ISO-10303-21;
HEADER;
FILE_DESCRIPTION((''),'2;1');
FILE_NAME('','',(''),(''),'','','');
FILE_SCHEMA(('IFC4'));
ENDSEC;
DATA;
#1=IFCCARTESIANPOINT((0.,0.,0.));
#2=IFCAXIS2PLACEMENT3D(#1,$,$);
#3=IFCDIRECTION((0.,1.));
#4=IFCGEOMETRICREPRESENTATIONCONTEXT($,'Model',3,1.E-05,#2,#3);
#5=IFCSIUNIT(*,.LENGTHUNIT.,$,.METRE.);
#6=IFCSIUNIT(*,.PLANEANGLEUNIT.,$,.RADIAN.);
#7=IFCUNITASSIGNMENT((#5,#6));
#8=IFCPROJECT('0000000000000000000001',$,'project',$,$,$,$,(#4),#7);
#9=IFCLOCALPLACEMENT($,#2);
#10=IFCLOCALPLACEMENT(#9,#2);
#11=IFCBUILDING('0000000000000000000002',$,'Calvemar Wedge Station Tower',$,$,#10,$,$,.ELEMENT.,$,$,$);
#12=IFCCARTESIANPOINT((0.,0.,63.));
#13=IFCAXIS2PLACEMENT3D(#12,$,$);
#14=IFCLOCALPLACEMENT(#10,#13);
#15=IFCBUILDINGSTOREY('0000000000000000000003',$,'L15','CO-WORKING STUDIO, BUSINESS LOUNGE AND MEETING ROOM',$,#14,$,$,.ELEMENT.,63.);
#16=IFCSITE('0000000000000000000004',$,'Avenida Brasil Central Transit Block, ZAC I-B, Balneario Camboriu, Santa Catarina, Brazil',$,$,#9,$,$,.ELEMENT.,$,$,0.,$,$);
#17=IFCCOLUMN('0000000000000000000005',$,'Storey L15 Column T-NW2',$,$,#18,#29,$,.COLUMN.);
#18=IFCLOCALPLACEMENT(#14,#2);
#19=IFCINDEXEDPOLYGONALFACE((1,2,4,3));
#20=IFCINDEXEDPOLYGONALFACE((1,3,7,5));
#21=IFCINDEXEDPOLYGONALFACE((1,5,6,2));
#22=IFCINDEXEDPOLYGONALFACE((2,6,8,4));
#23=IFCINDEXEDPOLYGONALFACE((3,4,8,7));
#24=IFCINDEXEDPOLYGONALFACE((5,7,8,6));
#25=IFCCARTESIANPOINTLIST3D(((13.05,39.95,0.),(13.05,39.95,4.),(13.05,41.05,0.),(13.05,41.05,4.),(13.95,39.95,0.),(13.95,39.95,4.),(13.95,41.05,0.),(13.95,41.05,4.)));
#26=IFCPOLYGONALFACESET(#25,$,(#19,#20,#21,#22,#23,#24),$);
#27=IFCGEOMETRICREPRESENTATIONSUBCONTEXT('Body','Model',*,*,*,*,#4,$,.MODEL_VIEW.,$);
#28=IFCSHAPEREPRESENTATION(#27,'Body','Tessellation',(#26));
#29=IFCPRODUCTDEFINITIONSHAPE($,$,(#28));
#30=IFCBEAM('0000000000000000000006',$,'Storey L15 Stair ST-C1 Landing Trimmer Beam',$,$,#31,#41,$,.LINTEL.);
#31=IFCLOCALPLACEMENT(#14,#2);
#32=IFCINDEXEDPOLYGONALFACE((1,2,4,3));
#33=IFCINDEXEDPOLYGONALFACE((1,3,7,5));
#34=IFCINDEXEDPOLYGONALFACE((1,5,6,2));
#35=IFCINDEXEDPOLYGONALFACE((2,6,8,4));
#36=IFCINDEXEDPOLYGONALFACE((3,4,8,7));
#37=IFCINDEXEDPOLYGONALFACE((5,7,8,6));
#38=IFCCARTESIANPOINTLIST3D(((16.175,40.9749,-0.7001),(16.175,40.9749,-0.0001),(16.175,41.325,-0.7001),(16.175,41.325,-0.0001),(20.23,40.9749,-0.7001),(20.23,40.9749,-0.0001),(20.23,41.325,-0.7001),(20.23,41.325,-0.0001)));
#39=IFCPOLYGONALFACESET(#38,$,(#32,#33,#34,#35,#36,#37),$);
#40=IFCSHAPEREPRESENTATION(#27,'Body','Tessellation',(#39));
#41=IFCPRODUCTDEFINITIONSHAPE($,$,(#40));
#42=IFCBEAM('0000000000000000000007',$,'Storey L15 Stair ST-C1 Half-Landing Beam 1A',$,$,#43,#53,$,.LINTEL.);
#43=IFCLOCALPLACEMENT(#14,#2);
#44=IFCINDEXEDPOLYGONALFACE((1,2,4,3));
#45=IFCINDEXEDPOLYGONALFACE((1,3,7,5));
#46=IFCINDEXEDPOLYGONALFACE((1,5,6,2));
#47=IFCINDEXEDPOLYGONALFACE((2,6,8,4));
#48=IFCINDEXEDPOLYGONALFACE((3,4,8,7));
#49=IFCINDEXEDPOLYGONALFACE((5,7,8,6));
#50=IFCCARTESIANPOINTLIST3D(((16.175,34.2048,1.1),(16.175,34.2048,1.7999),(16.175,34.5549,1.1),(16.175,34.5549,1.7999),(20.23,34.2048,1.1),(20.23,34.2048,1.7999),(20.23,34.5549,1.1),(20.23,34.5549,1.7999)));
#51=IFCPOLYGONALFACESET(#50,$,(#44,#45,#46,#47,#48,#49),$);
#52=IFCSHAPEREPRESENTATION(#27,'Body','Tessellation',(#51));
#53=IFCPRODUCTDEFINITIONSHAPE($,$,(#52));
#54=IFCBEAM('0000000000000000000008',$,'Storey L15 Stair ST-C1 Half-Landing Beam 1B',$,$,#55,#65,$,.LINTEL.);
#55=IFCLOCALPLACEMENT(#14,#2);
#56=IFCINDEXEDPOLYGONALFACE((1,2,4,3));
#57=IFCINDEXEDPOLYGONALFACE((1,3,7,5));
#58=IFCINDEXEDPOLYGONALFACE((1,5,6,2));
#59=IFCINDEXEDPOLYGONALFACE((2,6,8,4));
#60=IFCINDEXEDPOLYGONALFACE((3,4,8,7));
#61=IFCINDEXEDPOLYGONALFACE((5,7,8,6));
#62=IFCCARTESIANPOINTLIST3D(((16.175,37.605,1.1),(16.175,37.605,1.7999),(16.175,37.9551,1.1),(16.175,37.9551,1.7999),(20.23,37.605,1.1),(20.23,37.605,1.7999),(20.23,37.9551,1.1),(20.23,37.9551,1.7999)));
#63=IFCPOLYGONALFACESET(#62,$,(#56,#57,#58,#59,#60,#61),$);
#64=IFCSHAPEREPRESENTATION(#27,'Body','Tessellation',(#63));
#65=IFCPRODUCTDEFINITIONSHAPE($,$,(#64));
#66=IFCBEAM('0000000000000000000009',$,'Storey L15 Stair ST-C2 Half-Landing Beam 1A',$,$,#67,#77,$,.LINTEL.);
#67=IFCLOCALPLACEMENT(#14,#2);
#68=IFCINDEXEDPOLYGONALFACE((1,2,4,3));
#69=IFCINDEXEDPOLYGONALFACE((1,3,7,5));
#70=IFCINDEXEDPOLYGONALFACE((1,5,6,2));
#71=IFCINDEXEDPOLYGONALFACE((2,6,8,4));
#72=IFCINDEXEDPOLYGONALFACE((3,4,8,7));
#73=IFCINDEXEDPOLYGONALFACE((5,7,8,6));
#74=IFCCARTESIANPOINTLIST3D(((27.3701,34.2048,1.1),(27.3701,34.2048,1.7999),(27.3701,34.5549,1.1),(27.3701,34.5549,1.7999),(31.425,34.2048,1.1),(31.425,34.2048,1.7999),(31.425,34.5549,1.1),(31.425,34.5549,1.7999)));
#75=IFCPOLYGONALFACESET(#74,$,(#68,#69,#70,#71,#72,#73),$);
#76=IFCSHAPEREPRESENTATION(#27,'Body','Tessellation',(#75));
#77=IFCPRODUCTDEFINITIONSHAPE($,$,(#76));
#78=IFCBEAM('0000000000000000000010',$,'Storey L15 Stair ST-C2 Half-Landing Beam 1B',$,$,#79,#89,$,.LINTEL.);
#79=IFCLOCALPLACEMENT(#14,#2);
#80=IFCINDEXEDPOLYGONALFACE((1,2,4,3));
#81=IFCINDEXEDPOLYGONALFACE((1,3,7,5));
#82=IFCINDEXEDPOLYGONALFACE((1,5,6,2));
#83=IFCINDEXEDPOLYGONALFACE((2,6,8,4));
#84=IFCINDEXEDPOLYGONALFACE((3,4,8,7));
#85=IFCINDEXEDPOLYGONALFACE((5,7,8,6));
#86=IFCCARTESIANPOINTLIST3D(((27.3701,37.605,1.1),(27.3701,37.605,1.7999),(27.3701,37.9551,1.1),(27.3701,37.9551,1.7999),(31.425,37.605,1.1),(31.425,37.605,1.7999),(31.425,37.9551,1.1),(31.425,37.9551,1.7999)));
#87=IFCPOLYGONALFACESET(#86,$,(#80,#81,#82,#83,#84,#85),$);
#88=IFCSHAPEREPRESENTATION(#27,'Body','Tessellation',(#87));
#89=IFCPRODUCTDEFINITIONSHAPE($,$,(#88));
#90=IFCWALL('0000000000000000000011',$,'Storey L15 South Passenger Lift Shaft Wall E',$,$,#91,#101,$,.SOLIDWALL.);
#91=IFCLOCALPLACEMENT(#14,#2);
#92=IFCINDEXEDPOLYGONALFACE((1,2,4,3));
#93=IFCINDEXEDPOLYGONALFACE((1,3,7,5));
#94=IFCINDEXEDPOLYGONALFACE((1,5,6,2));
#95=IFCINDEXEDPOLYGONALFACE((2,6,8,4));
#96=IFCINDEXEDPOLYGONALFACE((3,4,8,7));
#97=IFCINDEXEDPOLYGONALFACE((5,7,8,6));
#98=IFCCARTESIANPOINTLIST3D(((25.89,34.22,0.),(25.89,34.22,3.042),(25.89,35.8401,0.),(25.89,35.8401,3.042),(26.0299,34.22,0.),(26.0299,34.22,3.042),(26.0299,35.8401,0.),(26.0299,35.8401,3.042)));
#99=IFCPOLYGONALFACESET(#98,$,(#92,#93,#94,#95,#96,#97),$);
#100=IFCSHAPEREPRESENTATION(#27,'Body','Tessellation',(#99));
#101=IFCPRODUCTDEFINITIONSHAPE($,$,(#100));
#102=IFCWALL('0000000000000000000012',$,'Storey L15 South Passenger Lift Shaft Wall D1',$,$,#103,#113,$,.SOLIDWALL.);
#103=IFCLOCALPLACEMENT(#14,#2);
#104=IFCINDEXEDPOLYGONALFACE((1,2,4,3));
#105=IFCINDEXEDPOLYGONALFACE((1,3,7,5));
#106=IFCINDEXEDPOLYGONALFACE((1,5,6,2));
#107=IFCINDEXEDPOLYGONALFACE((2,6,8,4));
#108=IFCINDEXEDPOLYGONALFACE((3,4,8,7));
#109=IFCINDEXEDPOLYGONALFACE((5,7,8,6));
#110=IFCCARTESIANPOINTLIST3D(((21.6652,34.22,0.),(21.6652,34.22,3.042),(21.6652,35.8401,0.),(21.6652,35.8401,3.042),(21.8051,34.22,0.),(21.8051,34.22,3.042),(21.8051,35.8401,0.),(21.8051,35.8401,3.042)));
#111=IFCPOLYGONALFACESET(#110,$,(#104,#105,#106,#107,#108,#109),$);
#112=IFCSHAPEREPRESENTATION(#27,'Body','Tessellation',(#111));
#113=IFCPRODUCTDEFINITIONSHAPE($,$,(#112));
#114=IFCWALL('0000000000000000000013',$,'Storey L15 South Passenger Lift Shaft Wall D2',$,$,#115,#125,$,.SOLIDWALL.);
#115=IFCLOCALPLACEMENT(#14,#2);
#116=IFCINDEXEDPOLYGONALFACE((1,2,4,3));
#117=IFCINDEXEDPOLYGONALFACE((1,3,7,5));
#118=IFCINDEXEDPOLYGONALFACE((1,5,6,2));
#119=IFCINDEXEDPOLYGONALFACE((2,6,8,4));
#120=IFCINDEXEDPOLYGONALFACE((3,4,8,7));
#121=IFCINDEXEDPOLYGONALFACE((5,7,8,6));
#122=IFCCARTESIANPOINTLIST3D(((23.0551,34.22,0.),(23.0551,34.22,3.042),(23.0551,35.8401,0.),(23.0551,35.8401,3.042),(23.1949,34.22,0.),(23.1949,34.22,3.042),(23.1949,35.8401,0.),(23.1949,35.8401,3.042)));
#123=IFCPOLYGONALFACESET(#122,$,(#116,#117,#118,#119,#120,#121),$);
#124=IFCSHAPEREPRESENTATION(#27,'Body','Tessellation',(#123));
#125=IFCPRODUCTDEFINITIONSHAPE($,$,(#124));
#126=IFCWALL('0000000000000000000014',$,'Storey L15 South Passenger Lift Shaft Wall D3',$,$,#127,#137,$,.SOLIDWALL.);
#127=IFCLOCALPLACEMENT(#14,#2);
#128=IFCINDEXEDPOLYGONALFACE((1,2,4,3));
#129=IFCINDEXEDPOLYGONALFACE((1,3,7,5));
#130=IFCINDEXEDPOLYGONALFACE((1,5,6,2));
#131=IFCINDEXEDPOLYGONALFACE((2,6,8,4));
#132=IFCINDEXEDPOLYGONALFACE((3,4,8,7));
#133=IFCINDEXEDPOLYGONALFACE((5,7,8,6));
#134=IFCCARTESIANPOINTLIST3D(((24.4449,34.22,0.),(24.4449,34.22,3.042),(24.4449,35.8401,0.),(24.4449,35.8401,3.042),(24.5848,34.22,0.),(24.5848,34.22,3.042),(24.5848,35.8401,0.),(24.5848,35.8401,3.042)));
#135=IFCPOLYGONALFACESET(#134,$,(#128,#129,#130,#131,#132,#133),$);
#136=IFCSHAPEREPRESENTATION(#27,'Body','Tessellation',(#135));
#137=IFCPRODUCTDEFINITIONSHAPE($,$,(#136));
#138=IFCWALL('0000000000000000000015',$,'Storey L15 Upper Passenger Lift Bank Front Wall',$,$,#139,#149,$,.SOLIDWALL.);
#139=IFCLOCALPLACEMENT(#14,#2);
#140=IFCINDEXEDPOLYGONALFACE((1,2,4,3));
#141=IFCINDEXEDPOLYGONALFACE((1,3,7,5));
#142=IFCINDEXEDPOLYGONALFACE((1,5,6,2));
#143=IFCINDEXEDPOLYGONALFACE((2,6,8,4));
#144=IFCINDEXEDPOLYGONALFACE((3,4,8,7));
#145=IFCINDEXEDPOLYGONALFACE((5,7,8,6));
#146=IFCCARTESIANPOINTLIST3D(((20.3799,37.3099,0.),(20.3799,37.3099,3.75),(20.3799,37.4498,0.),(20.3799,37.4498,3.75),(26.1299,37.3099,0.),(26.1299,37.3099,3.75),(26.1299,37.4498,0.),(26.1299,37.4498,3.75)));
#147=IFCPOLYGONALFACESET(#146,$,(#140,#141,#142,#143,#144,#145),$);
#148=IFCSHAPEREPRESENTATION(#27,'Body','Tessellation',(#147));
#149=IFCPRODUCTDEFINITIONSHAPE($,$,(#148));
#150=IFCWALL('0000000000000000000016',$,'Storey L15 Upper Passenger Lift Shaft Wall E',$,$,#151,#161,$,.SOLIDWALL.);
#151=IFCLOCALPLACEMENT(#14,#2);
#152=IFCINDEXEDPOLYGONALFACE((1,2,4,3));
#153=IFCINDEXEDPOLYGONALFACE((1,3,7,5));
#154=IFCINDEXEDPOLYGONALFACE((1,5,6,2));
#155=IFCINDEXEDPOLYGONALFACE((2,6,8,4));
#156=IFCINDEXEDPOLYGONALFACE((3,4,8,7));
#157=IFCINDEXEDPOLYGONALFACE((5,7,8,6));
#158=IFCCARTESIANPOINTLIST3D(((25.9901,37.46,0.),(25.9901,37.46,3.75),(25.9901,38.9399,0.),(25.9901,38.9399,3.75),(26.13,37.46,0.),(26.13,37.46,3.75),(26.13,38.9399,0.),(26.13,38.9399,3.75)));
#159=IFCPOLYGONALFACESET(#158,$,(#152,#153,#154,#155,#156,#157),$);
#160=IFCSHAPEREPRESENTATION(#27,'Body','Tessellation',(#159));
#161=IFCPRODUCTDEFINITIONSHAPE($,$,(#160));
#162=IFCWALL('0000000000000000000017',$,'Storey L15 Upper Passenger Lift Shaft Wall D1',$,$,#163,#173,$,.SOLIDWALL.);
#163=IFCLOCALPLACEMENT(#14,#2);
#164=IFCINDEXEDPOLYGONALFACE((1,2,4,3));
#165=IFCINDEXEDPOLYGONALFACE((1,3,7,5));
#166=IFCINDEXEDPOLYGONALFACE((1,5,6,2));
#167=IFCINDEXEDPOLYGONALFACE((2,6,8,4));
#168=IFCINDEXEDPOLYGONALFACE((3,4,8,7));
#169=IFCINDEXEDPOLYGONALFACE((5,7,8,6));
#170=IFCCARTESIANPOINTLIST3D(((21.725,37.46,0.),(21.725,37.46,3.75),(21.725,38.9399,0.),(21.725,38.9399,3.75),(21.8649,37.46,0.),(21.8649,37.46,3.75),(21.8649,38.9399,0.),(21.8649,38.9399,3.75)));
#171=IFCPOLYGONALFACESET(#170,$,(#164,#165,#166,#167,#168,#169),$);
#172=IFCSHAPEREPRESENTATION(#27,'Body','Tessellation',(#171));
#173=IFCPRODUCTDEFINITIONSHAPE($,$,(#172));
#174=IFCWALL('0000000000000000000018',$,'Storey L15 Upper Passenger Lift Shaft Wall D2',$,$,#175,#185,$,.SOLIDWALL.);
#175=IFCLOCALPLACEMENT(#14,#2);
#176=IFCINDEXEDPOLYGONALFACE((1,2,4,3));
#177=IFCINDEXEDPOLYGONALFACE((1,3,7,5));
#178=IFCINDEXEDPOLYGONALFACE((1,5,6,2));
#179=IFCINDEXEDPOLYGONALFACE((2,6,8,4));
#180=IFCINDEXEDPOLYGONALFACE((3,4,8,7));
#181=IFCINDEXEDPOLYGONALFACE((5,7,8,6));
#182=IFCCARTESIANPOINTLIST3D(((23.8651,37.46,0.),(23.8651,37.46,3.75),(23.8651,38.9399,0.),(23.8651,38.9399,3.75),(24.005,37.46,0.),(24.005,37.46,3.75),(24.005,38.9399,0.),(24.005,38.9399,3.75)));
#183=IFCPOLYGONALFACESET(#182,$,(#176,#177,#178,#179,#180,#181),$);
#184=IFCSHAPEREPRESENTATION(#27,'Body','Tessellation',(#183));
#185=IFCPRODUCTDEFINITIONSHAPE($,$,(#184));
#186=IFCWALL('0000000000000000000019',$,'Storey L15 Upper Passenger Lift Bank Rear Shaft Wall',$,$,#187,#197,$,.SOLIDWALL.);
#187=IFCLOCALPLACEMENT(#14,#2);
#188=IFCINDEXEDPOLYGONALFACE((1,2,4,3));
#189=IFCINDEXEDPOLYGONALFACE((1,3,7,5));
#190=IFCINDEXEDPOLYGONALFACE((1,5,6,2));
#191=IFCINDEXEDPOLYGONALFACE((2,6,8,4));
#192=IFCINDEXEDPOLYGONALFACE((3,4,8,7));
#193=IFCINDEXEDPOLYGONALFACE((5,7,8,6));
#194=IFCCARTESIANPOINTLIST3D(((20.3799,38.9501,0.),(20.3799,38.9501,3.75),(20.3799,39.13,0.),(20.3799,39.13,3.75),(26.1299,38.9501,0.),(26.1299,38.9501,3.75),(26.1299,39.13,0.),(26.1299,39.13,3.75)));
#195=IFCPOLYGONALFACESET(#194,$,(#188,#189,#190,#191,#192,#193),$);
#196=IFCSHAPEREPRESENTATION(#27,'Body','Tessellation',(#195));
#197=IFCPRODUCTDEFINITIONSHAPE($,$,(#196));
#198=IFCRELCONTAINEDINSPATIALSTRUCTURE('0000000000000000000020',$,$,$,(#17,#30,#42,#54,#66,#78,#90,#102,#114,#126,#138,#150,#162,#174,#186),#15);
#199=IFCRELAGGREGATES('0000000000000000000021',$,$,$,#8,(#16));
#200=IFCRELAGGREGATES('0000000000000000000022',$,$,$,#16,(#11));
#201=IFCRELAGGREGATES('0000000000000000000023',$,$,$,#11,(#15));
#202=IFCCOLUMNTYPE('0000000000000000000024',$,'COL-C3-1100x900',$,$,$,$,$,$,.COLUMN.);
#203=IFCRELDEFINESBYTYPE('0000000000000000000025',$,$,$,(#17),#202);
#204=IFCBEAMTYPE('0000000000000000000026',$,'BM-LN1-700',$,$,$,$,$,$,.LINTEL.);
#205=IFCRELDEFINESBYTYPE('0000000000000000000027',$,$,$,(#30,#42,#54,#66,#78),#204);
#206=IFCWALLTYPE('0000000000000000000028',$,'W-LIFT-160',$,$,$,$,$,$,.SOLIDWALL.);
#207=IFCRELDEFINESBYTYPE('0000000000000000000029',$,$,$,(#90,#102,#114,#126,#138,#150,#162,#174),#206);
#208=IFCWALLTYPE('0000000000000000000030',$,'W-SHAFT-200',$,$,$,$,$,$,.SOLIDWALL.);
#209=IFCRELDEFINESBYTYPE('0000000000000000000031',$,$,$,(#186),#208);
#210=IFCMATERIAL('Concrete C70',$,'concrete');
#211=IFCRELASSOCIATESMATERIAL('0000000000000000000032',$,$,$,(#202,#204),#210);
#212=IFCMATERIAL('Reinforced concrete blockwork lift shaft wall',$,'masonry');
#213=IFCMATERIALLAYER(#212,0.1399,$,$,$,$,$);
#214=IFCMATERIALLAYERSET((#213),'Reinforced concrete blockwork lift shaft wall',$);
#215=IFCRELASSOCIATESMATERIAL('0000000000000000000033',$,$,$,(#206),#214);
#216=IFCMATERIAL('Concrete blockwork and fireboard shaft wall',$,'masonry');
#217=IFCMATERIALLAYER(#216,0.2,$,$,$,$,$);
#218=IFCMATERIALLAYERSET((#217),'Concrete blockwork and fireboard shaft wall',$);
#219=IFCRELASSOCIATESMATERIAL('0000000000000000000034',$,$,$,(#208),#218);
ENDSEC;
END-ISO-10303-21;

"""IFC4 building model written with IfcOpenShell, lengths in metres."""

from ifc_helpers import new_model, si_unit, direction, frame, frame_2d, origin, origin_2d, place, context, subcontext, project, spatial, rectangle, extrude, source, transform, mapped, material, layer, layer_set, material_profile, profile_set, type_object, element, save


model = new_model("IFC4")

# Units and contexts
model_context = context("Model", 3, precision=1e-05, world=origin(), true_north=direction((0.0, 1.0)))
body_context = subcontext(model_context, "Body", "Model", "MODEL_VIEW")
ifc_project = project(units=[si_unit("LENGTHUNIT", "METRE"), si_unit("PLANEANGLEUNIT", "RADIAN")], contexts=[model_context])

# Site, building, storey
site_placement = place(None, origin())
site = spatial("IfcSite", under=ifc_project, at=site_placement, Name="Avenida Brasil Central Transit Block, ZAC I-B, Balneario Camboriu, Santa Catarina, Brazil", CompositionType="ELEMENT", RefElevation=0.0)
building_placement = place(site_placement, origin())
building = spatial("IfcBuilding", under=site, at=building_placement, Name="Calvemar Wedge Station Tower", CompositionType="ELEMENT")
storey_placement = place(building_placement, frame((0.0, 0.0, 63.0)))
storey = spatial("IfcBuildingStorey", under=building, at=storey_placement, Name="L15", Description="CO-WORKING STUDIO, BUSINESS LOUNGE AND MEETING ROOM", CompositionType="ELEMENT", Elevation=63.0)

# Column
ifc_material_1 = material(Name="Concrete C70", Category="concrete")
ifc_material_profile_1 = material_profile(ifc_material_1, rectangle(XDim=0.8999, YDim=1.1001, at=origin_2d()), Name="RC1100x900")
ifc_profile_set_1 = profile_set([ifc_material_profile_1], Name="Concrete C70")
column_type = type_object("IfcColumnType", Name="COL-C3-1100x900", PredefinedType="COLUMN", material=ifc_profile_set_1)
shared_shape_1 = source(origin(), body_context, "Body", "SweptSolid", [
    extrude(rectangle(XDim=0.8999, YDim=1.1001, at=origin_2d()), origin(), (0.0, 0.0, 1.0), 4.0),
])
column_placement = place(storey_placement, frame((13.5, 40.5, 0.0), z_axis=(0.0, 0.0, 1.0), x_axis=(1.0, 0.0, 0.0)))
element("IfcColumn", 1, at=column_placement, inside=storey, type_object=column_type, Name="Storey L15 Column T-NW2", PredefinedType="COLUMN", context=body_context, shape_type="MappedRepresentation", body=[
    mapped(shared_shape_1, transform((0.0, 0.0, 0.0), scale=1.0)),
])

# Beams
ifc_material_profile_2 = material_profile(ifc_material_1, rectangle(XDim=0.3501, YDim=0.7, at=origin_2d()), Name="RC350x700")
ifc_profile_set_2 = profile_set([ifc_material_profile_2], Name="Concrete C70")
beam_type = type_object("IfcBeamType", Name="BM-LN1-700", PredefinedType="LINTEL", material=ifc_profile_set_2)
shared_shape_2 = source(origin(), body_context, "Body", "SweptSolid", [
    extrude(rectangle(XDim=0.3501, YDim=0.7, at=origin_2d()), origin(), (0.0, 0.0, 1.0), 4.0549),
])
for number, where, z_axis, x_axis, name in (
    (2, (16.175, 41.1499, -0.3501), (1.0, 0.0, 0.0), (0.0, 1.0, 0.0), "Storey L15 Stair ST-C1 Landing Trimmer Beam"),
    (3, (16.175, 34.3799, 1.45), (1.0, 0.0, 0.0), (0.0, 1.0, 0.0), "Storey L15 Stair ST-C1 Half-Landing Beam 1A"),
    (4, (16.175, 37.78, 1.45), (1.0, 0.0, 0.0), (0.0, 1.0, 0.0), "Storey L15 Stair ST-C1 Half-Landing Beam 1B"),
    (5, (27.3701, 34.3799, 1.45), (1.0, 0.0, 0.0), (0.0, 1.0, 0.0), "Storey L15 Stair ST-C2 Half-Landing Beam 1A"),
    (6, (27.3701, 37.78, 1.45), (1.0, 0.0, 0.0), (0.0, 1.0, 0.0), "Storey L15 Stair ST-C2 Half-Landing Beam 1B"),
):
    element("IfcBeam", number, at=place(storey_placement, frame(where, z_axis=z_axis, x_axis=x_axis)), inside=storey, type_object=beam_type, Name=name, PredefinedType="LINTEL", context=body_context, shape_type="MappedRepresentation", body=[
        mapped(shared_shape_2, transform((0.0, 0.0, 0.0), scale=1.0)),
    ])

# Shared definitions
ifc_material_2 = material(Name="Reinforced concrete blockwork lift shaft wall", Category="masonry")
ifc_layer_1 = layer(ifc_material_2, 0.1399)
ifc_layer_set_1 = layer_set([ifc_layer_1], Name="Reinforced concrete blockwork lift shaft wall")
wall_type_1 = type_object("IfcWallType", Name="W-LIFT-160", PredefinedType="SOLIDWALL", material=ifc_layer_set_1)

# Walls
for number, where, z_axis, x_axis, name in (
    (7, (25.96, 34.22, 0.0), (0.0, 0.0, 1.0), (0.0, 1.0, 0.0), "Storey L15 South Passenger Lift Shaft Wall E"),
    (8, (21.7351, 34.22, 0.0), (0.0, 0.0, 1.0), (0.0, 1.0, 0.0), "Storey L15 South Passenger Lift Shaft Wall D1"),
    (9, (23.125, 34.22, 0.0), (0.0, 0.0, 1.0), (0.0, 1.0, 0.0), "Storey L15 South Passenger Lift Shaft Wall D2"),
    (10, (24.5149, 34.22, 0.0), (0.0, 0.0, 1.0), (0.0, 1.0, 0.0), "Storey L15 South Passenger Lift Shaft Wall D3"),
):
    element("IfcWall", number, at=place(storey_placement, frame(where, z_axis=z_axis, x_axis=x_axis)), inside=storey, type_object=wall_type_1, Name=name, PredefinedType="SOLIDWALL", context=body_context, shape_type="SweptSolid", body=[
        extrude(rectangle(XDim=1.6201, YDim=0.1399, at=frame_2d((0.8101, 0.0))), origin(), (0.0, 0.0, 1.0), 3.042),
    ])
wall_1_placement = place(storey_placement, frame((20.3799, 37.3799, 0.0), z_axis=(0.0, 0.0, 1.0), x_axis=(1.0, 0.0, 0.0)))
element("IfcWall", 11, at=wall_1_placement, inside=storey, type_object=wall_type_1, Name="Storey L15 Upper Passenger Lift Bank Front Wall", PredefinedType="SOLIDWALL", context=body_context, shape_type="SweptSolid", body=[
    extrude(rectangle(XDim=5.75, YDim=0.1399, at=frame_2d((2.875, 0.0))), origin(), (0.0, 0.0, 1.0), 3.75),
])
for number, where, z_axis, x_axis, name in (
    (12, (26.0601, 37.46, 0.0), (0.0, 0.0, 1.0), (0.0, 1.0, 0.0), "Storey L15 Upper Passenger Lift Shaft Wall E"),
    (13, (21.7949, 37.46, 0.0), (0.0, 0.0, 1.0), (0.0, 1.0, 0.0), "Storey L15 Upper Passenger Lift Shaft Wall D1"),
    (14, (23.9351, 37.46, 0.0), (0.0, 0.0, 1.0), (0.0, 1.0, 0.0), "Storey L15 Upper Passenger Lift Shaft Wall D2"),
):
    element("IfcWall", number, at=place(storey_placement, frame(where, z_axis=z_axis, x_axis=x_axis)), inside=storey, type_object=wall_type_1, Name=name, PredefinedType="SOLIDWALL", context=body_context, shape_type="SweptSolid", body=[
        extrude(rectangle(XDim=1.48, YDim=0.1399, at=frame_2d((0.74, 0.0))), origin(), (0.0, 0.0, 1.0), 3.75),
    ])
ifc_material_3 = material(Name="Concrete blockwork and fireboard shaft wall", Category="masonry")
ifc_layer_2 = layer(ifc_material_3, 0.2)
ifc_layer_set_2 = layer_set([ifc_layer_2], Name="Concrete blockwork and fireboard shaft wall")
wall_type_2 = type_object("IfcWallType", Name="W-SHAFT-200", PredefinedType="SOLIDWALL", material=ifc_layer_set_2)
wall_2_placement = place(storey_placement, frame((20.3799, 39.04, 0.0), z_axis=(0.0, 0.0, 1.0), x_axis=(1.0, 0.0, 0.0)))
element("IfcWall", 15, at=wall_2_placement, inside=storey, type_object=wall_type_2, Name="Storey L15 Upper Passenger Lift Bank Rear Shaft Wall", PredefinedType="SOLIDWALL", context=body_context, shape_type="SweptSolid", body=[
    extrude(rectangle(XDim=5.75, YDim=0.1799, at=frame_2d((2.875, 0.0))), origin(), (0.0, 0.0, 1.0), 3.75),
])

save(model, "model.ifc")
